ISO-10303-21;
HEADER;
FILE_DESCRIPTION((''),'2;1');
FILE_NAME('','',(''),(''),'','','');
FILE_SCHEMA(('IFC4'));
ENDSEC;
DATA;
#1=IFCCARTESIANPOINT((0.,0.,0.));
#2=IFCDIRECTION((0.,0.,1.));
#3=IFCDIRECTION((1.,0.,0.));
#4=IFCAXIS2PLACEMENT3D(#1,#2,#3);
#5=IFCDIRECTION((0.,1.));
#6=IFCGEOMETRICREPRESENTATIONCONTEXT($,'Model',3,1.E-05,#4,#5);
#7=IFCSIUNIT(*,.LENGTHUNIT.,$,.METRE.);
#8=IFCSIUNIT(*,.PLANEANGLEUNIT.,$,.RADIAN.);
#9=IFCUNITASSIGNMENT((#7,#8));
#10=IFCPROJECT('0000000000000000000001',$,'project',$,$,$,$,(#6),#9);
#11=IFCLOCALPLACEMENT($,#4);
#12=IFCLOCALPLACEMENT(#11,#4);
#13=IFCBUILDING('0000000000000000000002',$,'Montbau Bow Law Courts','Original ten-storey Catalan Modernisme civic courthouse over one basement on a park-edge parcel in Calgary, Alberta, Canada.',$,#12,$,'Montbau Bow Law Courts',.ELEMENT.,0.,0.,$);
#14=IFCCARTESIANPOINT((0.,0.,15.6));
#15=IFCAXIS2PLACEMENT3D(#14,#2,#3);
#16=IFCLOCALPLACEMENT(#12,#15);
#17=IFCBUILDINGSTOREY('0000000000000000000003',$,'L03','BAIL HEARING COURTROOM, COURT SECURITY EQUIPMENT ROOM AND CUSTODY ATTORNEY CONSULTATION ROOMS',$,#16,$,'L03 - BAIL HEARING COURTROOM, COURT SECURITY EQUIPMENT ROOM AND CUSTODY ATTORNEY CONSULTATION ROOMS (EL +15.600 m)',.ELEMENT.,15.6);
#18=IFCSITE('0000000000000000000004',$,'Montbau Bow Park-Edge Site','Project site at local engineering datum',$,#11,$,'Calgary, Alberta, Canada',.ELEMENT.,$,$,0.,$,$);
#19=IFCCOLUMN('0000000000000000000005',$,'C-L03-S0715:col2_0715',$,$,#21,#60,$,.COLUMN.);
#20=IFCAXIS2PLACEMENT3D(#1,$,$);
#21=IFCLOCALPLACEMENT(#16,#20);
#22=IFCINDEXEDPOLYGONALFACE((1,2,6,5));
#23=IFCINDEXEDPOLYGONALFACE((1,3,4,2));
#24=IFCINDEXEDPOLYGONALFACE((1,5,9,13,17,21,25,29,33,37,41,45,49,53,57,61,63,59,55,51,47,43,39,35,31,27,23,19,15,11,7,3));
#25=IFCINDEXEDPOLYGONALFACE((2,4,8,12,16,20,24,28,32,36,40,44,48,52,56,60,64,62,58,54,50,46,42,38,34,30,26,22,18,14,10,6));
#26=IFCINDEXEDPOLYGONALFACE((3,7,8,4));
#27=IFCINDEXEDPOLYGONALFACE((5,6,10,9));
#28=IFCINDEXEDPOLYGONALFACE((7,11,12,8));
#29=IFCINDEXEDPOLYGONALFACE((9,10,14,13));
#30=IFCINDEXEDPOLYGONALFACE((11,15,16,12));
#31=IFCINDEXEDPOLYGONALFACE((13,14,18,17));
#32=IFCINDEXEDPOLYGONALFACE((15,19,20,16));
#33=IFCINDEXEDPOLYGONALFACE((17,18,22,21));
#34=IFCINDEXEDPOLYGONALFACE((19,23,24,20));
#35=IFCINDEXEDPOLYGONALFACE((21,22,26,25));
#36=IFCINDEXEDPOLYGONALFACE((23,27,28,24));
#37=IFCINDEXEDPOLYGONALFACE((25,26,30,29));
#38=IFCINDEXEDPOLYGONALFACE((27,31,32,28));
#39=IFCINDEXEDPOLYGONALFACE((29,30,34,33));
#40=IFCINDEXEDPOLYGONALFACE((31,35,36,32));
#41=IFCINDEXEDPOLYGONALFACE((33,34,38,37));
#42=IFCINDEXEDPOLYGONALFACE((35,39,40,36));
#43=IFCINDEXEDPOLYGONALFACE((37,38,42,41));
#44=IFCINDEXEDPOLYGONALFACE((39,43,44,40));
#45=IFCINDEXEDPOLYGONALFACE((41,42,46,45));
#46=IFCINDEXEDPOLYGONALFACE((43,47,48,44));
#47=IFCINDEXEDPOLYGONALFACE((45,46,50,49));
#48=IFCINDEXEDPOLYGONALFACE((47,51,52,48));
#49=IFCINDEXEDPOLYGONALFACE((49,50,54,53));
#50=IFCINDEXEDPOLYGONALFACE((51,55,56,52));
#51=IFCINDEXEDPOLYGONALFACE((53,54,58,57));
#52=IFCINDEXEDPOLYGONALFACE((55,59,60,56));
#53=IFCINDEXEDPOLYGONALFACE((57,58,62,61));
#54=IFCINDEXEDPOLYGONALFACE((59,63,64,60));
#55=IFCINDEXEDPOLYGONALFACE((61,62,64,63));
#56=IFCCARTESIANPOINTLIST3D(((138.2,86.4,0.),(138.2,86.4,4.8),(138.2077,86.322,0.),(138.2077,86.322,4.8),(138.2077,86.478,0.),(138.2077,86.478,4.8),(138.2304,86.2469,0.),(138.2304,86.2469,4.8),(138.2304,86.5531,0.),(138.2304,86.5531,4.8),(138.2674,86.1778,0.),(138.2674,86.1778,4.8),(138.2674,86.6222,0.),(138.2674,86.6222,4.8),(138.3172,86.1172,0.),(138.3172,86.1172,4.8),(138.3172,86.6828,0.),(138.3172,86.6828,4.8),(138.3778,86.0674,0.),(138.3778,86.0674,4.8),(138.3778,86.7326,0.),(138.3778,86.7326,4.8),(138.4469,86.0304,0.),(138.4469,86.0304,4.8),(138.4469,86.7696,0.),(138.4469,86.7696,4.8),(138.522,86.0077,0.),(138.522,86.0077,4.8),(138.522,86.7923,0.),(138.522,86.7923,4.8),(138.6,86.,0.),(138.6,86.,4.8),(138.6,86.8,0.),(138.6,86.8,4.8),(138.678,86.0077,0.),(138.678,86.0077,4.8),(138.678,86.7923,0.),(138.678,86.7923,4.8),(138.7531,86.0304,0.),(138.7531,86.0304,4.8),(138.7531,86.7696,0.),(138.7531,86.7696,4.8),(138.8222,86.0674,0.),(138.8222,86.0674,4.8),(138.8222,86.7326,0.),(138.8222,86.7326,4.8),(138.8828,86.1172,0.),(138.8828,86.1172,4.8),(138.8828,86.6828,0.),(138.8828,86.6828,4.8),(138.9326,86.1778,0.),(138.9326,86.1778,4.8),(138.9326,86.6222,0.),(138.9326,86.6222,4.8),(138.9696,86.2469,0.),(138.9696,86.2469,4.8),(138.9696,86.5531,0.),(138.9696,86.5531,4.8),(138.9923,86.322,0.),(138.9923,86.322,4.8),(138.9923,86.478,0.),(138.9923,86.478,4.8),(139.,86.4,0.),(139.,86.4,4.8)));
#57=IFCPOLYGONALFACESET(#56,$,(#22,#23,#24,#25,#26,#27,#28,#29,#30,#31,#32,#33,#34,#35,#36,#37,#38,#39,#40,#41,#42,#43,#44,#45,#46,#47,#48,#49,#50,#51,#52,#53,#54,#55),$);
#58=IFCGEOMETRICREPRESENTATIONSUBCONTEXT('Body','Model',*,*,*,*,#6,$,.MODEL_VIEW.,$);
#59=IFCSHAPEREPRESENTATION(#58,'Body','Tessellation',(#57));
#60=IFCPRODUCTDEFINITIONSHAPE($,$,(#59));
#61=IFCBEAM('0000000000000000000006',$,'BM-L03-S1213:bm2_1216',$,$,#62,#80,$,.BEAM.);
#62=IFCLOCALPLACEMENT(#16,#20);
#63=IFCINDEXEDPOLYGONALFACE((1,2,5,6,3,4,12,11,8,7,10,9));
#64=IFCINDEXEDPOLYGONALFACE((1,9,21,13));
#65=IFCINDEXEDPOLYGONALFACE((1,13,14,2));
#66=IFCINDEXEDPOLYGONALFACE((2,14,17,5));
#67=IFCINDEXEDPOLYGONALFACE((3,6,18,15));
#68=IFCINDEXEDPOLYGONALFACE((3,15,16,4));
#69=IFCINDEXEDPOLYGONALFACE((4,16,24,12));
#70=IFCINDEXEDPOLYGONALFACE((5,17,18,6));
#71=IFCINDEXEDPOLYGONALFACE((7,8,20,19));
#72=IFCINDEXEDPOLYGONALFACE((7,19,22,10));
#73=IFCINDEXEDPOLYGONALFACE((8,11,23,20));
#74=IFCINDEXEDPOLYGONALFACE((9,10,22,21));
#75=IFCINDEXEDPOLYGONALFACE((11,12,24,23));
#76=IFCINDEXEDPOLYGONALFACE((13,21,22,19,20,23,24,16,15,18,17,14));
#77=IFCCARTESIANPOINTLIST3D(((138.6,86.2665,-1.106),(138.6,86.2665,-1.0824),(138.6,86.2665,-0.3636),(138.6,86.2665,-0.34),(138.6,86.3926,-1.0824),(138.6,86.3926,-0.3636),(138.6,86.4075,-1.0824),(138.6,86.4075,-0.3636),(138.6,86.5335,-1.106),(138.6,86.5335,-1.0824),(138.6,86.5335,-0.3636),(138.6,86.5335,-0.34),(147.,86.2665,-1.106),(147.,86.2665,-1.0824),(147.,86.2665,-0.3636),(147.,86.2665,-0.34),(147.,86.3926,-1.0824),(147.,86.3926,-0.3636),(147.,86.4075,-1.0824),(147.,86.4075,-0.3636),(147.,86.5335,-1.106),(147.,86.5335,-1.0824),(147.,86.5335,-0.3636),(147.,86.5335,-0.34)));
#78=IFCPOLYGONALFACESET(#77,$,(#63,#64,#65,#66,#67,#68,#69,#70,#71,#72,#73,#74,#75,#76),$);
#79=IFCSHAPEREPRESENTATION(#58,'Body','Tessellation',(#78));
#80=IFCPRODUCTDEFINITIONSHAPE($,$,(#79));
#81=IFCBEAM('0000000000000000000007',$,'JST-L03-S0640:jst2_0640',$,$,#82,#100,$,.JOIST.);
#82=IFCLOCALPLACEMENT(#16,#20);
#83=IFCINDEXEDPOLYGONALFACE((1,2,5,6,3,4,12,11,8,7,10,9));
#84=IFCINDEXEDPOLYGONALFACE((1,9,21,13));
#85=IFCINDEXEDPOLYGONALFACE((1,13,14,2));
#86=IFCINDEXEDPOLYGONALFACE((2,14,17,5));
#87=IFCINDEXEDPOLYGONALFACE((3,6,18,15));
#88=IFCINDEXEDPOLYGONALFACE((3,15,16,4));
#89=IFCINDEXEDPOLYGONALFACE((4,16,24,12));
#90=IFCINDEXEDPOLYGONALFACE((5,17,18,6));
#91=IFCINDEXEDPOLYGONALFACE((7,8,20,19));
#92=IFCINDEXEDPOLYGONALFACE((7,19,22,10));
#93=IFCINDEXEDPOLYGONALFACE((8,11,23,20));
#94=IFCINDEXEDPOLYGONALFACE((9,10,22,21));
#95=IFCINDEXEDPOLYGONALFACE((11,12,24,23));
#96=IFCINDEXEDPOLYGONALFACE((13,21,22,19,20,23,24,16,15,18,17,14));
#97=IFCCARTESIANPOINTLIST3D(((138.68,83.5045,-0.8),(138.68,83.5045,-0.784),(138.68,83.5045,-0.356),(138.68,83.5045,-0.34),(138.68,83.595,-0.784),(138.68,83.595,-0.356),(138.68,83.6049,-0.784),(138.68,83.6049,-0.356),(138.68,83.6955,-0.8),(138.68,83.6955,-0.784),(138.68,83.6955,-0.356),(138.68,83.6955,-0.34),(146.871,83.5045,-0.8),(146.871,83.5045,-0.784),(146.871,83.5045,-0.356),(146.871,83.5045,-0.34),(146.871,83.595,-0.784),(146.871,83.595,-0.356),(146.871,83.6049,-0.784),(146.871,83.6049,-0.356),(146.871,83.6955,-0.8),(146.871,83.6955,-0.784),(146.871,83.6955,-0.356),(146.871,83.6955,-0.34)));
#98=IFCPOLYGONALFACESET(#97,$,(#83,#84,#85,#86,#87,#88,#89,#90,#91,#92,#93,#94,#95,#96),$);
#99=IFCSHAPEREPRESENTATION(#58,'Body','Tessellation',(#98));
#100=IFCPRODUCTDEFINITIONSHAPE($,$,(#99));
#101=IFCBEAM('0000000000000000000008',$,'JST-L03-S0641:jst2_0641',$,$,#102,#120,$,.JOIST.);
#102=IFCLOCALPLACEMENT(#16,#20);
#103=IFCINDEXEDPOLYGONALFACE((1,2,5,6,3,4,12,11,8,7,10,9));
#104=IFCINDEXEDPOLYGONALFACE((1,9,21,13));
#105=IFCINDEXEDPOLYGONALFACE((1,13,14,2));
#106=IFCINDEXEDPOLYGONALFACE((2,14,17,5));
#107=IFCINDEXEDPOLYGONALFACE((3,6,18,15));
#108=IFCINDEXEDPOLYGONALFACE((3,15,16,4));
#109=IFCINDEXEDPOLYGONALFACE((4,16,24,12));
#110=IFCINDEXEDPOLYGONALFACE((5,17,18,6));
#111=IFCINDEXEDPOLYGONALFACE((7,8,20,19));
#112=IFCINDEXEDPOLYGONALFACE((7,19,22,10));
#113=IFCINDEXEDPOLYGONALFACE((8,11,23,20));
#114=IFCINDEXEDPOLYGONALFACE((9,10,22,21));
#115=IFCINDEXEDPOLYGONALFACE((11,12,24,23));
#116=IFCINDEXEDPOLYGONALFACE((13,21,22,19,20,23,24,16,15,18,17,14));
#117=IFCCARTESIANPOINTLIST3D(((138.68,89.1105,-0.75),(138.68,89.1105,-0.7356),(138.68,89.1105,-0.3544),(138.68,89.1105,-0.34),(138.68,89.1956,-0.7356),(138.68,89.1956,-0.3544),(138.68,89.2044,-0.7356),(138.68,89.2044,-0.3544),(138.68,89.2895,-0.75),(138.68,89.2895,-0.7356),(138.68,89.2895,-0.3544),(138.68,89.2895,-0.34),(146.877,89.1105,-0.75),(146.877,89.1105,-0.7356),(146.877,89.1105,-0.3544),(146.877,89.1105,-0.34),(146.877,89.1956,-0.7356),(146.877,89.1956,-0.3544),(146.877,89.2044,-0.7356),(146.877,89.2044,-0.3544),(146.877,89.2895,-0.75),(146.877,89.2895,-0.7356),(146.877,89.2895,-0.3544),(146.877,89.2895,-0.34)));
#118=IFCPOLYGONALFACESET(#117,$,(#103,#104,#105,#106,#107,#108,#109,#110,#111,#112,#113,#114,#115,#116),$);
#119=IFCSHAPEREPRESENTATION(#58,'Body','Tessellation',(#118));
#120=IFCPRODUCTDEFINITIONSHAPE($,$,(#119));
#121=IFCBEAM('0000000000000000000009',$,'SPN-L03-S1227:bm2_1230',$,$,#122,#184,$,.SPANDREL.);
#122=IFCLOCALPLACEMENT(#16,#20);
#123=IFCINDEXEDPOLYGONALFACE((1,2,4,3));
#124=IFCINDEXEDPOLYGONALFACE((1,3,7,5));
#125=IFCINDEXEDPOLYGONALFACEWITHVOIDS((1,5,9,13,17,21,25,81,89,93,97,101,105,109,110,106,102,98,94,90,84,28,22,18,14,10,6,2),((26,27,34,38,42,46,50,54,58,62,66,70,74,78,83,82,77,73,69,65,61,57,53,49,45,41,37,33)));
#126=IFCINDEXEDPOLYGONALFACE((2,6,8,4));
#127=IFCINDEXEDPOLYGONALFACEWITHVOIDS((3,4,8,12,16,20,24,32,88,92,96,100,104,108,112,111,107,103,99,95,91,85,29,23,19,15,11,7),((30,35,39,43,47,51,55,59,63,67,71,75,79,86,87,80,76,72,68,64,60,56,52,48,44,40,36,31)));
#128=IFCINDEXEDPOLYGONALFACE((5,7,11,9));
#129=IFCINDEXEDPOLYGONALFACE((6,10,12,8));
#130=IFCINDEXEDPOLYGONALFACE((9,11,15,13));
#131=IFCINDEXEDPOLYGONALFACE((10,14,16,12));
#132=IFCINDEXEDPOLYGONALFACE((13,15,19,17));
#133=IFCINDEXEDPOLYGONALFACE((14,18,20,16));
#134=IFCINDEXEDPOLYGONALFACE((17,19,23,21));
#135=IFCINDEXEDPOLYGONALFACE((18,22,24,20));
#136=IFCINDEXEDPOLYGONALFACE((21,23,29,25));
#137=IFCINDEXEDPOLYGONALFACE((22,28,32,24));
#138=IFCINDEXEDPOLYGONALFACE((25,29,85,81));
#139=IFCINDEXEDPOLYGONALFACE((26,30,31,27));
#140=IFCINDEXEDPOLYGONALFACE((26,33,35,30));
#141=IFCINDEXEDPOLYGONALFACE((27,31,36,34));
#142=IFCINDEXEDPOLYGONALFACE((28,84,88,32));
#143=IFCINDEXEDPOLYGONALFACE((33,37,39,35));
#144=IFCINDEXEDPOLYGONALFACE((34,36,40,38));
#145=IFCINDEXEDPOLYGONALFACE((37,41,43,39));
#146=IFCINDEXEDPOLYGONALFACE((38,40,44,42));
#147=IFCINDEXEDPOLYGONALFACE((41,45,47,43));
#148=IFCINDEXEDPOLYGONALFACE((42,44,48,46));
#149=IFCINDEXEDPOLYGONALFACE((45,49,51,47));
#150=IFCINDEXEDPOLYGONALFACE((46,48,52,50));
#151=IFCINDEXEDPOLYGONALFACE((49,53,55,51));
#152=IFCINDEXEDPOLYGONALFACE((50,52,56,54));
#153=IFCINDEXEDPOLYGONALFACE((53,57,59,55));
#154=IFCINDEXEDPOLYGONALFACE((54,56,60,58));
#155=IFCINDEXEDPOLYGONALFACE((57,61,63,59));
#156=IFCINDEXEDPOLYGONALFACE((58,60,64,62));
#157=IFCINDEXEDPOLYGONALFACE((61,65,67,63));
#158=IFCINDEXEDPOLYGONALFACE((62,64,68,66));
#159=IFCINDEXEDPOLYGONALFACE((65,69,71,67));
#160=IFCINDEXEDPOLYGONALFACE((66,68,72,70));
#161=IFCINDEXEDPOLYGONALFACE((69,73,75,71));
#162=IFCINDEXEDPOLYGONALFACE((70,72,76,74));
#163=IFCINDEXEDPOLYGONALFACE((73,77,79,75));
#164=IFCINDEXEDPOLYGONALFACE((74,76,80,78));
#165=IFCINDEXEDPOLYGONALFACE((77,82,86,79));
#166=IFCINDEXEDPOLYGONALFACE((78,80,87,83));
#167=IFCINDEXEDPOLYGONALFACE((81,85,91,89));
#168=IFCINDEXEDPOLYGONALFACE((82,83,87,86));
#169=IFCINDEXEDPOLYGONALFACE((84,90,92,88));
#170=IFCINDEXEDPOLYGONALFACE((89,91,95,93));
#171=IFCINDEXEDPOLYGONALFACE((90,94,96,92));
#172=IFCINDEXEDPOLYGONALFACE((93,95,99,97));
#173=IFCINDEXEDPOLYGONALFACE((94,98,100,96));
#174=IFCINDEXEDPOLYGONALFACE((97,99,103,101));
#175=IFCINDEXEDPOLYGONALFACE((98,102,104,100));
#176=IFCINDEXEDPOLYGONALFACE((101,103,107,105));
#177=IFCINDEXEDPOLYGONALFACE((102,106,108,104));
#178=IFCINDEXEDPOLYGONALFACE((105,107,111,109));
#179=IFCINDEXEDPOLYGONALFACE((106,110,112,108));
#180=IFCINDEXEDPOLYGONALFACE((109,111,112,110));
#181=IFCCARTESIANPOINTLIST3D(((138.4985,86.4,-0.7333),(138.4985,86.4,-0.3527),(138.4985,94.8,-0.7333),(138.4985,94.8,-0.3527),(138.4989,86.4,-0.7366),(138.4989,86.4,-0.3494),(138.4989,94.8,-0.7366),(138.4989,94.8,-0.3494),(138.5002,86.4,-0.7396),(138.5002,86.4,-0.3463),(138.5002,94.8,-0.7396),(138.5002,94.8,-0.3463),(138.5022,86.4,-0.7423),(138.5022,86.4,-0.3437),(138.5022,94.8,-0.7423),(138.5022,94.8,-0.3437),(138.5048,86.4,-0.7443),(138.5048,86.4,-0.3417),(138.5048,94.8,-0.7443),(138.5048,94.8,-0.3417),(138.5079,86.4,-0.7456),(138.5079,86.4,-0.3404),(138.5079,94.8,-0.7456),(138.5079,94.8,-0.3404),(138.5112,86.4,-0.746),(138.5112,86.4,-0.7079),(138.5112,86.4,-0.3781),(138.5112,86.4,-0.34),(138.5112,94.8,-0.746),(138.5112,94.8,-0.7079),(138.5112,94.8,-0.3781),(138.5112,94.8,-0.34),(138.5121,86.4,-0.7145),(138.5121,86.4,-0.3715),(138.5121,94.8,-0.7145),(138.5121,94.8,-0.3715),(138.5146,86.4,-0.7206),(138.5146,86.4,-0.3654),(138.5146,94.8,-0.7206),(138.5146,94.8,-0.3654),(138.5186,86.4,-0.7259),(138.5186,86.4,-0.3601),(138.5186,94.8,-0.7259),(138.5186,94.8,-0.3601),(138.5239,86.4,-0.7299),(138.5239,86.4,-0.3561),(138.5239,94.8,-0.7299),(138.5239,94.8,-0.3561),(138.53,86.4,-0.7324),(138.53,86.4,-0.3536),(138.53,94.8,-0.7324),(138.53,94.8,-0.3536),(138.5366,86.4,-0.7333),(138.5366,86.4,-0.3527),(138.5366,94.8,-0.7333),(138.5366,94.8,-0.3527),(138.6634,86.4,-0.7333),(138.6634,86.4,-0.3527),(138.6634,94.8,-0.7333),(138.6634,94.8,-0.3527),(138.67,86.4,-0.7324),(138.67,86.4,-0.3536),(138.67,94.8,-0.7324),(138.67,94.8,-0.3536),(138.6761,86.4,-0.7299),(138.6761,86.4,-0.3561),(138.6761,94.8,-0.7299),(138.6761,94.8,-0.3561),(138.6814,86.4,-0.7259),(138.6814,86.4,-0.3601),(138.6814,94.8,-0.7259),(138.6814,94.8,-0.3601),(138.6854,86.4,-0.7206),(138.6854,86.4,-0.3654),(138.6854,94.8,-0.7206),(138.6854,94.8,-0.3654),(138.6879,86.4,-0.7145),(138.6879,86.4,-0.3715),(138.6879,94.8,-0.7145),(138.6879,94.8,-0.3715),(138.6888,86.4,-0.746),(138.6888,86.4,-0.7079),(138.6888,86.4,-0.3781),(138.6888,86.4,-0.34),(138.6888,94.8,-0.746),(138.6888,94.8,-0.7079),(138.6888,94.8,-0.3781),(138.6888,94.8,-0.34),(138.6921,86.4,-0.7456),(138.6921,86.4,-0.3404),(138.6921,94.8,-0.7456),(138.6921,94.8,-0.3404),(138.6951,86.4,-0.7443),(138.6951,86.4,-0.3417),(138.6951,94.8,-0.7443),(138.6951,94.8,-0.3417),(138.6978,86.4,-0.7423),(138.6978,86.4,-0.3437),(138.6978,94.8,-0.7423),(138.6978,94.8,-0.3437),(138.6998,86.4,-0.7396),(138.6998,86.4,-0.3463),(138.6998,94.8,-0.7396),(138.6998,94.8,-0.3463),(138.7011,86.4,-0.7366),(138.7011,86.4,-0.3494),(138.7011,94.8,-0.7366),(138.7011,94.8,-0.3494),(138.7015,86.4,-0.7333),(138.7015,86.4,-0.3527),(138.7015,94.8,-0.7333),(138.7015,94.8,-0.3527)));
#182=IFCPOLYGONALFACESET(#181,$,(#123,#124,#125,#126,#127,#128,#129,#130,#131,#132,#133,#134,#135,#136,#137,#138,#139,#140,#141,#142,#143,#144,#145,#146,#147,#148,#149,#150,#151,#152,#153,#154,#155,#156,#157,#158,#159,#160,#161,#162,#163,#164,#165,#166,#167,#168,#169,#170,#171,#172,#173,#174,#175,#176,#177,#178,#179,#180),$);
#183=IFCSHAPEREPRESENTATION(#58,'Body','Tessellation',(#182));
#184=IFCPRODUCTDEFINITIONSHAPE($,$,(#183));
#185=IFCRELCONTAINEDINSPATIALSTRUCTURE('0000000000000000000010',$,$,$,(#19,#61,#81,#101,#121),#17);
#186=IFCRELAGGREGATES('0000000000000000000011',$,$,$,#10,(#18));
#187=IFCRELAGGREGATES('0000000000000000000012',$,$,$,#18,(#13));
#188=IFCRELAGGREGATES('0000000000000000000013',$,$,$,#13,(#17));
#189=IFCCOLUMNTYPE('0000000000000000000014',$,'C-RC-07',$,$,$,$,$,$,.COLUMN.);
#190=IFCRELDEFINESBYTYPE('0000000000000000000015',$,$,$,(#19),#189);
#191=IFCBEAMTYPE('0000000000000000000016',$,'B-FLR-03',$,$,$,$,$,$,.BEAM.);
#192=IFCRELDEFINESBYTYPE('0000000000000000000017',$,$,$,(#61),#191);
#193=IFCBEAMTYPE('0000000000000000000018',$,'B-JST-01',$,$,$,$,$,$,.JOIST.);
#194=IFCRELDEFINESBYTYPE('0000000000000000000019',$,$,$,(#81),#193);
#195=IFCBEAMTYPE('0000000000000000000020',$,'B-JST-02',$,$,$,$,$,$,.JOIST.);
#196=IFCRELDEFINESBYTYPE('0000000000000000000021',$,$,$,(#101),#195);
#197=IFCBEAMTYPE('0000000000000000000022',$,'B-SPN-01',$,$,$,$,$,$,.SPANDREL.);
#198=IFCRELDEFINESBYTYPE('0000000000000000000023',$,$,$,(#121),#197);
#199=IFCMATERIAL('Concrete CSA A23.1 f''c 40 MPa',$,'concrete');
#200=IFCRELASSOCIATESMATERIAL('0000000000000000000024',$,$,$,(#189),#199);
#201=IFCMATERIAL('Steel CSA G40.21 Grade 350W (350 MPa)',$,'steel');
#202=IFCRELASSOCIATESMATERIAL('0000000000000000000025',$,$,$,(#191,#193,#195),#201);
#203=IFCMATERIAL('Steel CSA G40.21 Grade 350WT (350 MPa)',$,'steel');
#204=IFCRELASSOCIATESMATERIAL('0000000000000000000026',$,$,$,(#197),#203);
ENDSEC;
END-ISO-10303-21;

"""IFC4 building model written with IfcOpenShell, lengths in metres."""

from ifc_helpers import new_model, si_unit, direction, frame, origin_with_axes, origin_2d_with_axis, place, context, subcontext, project, spatial, hollow_rectangle, circle, i_section, extrude, material, material_profile, profile_set, type_object, element, save


model = new_model("IFC4")

# Units and contexts
model_context = context("Model", 3, precision=1e-05, world=origin_with_axes(), true_north=direction((0.0, 1.0)))
body_context = subcontext(model_context, "Body", "Model", "MODEL_VIEW")
ifc_project = project(units=[si_unit("LENGTHUNIT", "METRE"), si_unit("PLANEANGLEUNIT", "RADIAN")], contexts=[model_context])

# Site, building, storey
site_placement = place(None, origin_with_axes())
site = spatial("IfcSite", under=ifc_project, at=site_placement, Name="Montbau Bow Park-Edge Site", Description="Project site at local engineering datum", LongName="Calgary, Alberta, Canada", CompositionType="ELEMENT", RefElevation=0.0)
building_placement = place(site_placement, origin_with_axes())
building = spatial("IfcBuilding", under=site, at=building_placement, Name="Montbau Bow Law Courts", Description="Original ten-storey Catalan Modernisme civic courthouse over one basement on a park-edge parcel in Calgary, Alberta, Canada.", LongName="Montbau Bow Law Courts", CompositionType="ELEMENT", ElevationOfRefHeight=0.0, ElevationOfTerrain=0.0)
storey_placement = place(building_placement, frame((0.0, 0.0, 15.6), z_axis=(0.0, 0.0, 1.0), x_axis=(1.0, 0.0, 0.0)))
storey = spatial("IfcBuildingStorey", under=building, at=storey_placement, Name="L03", Description="BAIL HEARING COURTROOM, COURT SECURITY EQUIPMENT ROOM AND CUSTODY ATTORNEY CONSULTATION ROOMS", LongName="L03 - BAIL HEARING COURTROOM, COURT SECURITY EQUIPMENT ROOM AND CUSTODY ATTORNEY CONSULTATION ROOMS (EL +15.600 m)", CompositionType="ELEMENT", Elevation=15.6)

# Column
ifc_material_1 = material(Name="Concrete CSA A23.1 f'c 40 MPa", Category="concrete")
ifc_material_profile_1 = material_profile(ifc_material_1, circle(Radius=0.4, at=origin_2d_with_axis()), Name="RC800D", Category="Main", Priority=0)
ifc_profile_set_1 = profile_set([ifc_material_profile_1], Name="Concrete CSA A23.1 f'c 40 MPa")
column_type = type_object("IfcColumnType", Name="C-RC-07", PredefinedType="COLUMN", material=ifc_profile_set_1)
column_placement = place(None, frame((138.6, 86.4, 15.6), z_axis=(0.0, 0.0, 1.0), x_axis=(1.0, 0.0, 0.0)))
element("IfcColumn", 1, at=column_placement, inside=storey, type_object=column_type, Name="C-L03-S0715:col2_0715", PredefinedType="COLUMN", context=body_context, shape_type="SweptSolid", body=[
    extrude(circle(Radius=0.4, at=origin_2d_with_axis()), origin_with_axes(), (0.0, 0.0, 1.0), 4.8),
])

# Beams
ifc_material_2 = material(Name="Steel CSA G40.21 Grade 350W (350 MPa)", Category="steel")
ifc_material_profile_2 = material_profile(ifc_material_2, i_section(OverallWidth=0.267, OverallDepth=0.766, WebThickness=0.0149, FlangeThickness=0.0236, at=origin_2d_with_axis()), Name="W760X185", Category="Main", Priority=0)
ifc_profile_set_2 = profile_set([ifc_material_profile_2], Name="Steel CSA G40.21 Grade 350W (350 MPa)")
beam_type_1 = type_object("IfcBeamType", Name="B-FLR-03", PredefinedType="BEAM", material=ifc_profile_set_2)
beam_1_placement = place(None, frame((138.6, 86.4, 14.877), z_axis=(1.0, 0.0, 0.0), x_axis=(0.0, 1.0, 0.0)))
element("IfcBeam", 2, at=beam_1_placement, inside=storey, type_object=beam_type_1, Name="BM-L03-S1213:bm2_1216", PredefinedType="BEAM", context=body_context, shape_type="SweptSolid", body=[
    extrude(i_section(OverallWidth=0.267, OverallDepth=0.766, WebThickness=0.0149, FlangeThickness=0.0236, at=origin_2d_with_axis()), origin_with_axes(), (0.0, 0.0, 1.0), 8.4),
])
ifc_material_profile_3 = material_profile(ifc_material_2, i_section(OverallWidth=0.191, OverallDepth=0.46, WebThickness=0.0099, FlangeThickness=0.016, at=origin_2d_with_axis()), Name="W460X82", Category="Main", Priority=0)
ifc_profile_set_3 = profile_set([ifc_material_profile_3], Name="Steel CSA G40.21 Grade 350W (350 MPa)")
beam_type_2 = type_object("IfcBeamType", Name="B-JST-01", PredefinedType="JOIST", material=ifc_profile_set_3)
beam_2_placement = place(None, frame((138.68, 83.6, 15.03), z_axis=(1.0, 0.0, 0.0), x_axis=(0.0, 1.0, 0.0)))
element("IfcBeam", 3, at=beam_2_placement, inside=storey, type_object=beam_type_2, Name="JST-L03-S0640:jst2_0640", PredefinedType="JOIST", context=body_context, shape_type="SweptSolid", body=[
    extrude(i_section(OverallWidth=0.191, OverallDepth=0.46, WebThickness=0.0099, FlangeThickness=0.016, at=origin_2d_with_axis()), origin_with_axes(), (0.0, 0.0, 1.0), 8.191),
])
ifc_material_profile_4 = material_profile(ifc_material_2, i_section(OverallWidth=0.179, OverallDepth=0.41, WebThickness=0.0088, FlangeThickness=0.0144, at=origin_2d_with_axis()), Name="W410X67", Category="Main", Priority=0)
ifc_profile_set_4 = profile_set([ifc_material_profile_4], Name="Steel CSA G40.21 Grade 350W (350 MPa)")
beam_type_3 = type_object("IfcBeamType", Name="B-JST-02", PredefinedType="JOIST", material=ifc_profile_set_4)
beam_3_placement = place(None, frame((138.68, 89.2, 15.055), z_axis=(1.0, 0.0, 0.0), x_axis=(0.0, 1.0, 0.0)))
element("IfcBeam", 4, at=beam_3_placement, inside=storey, type_object=beam_type_3, Name="JST-L03-S0641:jst2_0641", PredefinedType="JOIST", context=body_context, shape_type="SweptSolid", body=[
    extrude(i_section(OverallWidth=0.179, OverallDepth=0.41, WebThickness=0.0088, FlangeThickness=0.0144, at=origin_2d_with_axis()), origin_with_axes(), (0.0, 0.0, 1.0), 8.197),
])
ifc_material_3 = material(Name="Steel CSA G40.21 Grade 350WT (350 MPa)", Category="steel")
ifc_material_profile_5 = material_profile(ifc_material_3, hollow_rectangle(XDim=0.203, YDim=0.406, WallThickness=0.0127, InnerFilletRadius=0.0254, OuterFilletRadius=0.0127, at=origin_2d_with_axis()), Name="HSS406X203X13", Category="Main", Priority=0)
ifc_profile_set_5 = profile_set([ifc_material_profile_5], Name="Steel CSA G40.21 Grade 350WT (350 MPa)")
beam_type_4 = type_object("IfcBeamType", Name="B-SPN-01", PredefinedType="SPANDREL", material=ifc_profile_set_5)
beam_4_placement = place(None, frame((138.6, 86.4, 15.057), z_axis=(0.0, 1.0, 0.0), x_axis=(-1.0, 0.0, 0.0)))
element("IfcBeam", 5, at=beam_4_placement, inside=storey, type_object=beam_type_4, Name="SPN-L03-S1227:bm2_1230", PredefinedType="SPANDREL", context=body_context, shape_type="SweptSolid", body=[
    extrude(hollow_rectangle(XDim=0.203, YDim=0.406, WallThickness=0.0127, InnerFilletRadius=0.0254, OuterFilletRadius=0.0127, at=origin_2d_with_axis()), origin_with_axes(), (0.0, 0.0, 1.0), 8.4),
])

save(model, "model.ifc")
